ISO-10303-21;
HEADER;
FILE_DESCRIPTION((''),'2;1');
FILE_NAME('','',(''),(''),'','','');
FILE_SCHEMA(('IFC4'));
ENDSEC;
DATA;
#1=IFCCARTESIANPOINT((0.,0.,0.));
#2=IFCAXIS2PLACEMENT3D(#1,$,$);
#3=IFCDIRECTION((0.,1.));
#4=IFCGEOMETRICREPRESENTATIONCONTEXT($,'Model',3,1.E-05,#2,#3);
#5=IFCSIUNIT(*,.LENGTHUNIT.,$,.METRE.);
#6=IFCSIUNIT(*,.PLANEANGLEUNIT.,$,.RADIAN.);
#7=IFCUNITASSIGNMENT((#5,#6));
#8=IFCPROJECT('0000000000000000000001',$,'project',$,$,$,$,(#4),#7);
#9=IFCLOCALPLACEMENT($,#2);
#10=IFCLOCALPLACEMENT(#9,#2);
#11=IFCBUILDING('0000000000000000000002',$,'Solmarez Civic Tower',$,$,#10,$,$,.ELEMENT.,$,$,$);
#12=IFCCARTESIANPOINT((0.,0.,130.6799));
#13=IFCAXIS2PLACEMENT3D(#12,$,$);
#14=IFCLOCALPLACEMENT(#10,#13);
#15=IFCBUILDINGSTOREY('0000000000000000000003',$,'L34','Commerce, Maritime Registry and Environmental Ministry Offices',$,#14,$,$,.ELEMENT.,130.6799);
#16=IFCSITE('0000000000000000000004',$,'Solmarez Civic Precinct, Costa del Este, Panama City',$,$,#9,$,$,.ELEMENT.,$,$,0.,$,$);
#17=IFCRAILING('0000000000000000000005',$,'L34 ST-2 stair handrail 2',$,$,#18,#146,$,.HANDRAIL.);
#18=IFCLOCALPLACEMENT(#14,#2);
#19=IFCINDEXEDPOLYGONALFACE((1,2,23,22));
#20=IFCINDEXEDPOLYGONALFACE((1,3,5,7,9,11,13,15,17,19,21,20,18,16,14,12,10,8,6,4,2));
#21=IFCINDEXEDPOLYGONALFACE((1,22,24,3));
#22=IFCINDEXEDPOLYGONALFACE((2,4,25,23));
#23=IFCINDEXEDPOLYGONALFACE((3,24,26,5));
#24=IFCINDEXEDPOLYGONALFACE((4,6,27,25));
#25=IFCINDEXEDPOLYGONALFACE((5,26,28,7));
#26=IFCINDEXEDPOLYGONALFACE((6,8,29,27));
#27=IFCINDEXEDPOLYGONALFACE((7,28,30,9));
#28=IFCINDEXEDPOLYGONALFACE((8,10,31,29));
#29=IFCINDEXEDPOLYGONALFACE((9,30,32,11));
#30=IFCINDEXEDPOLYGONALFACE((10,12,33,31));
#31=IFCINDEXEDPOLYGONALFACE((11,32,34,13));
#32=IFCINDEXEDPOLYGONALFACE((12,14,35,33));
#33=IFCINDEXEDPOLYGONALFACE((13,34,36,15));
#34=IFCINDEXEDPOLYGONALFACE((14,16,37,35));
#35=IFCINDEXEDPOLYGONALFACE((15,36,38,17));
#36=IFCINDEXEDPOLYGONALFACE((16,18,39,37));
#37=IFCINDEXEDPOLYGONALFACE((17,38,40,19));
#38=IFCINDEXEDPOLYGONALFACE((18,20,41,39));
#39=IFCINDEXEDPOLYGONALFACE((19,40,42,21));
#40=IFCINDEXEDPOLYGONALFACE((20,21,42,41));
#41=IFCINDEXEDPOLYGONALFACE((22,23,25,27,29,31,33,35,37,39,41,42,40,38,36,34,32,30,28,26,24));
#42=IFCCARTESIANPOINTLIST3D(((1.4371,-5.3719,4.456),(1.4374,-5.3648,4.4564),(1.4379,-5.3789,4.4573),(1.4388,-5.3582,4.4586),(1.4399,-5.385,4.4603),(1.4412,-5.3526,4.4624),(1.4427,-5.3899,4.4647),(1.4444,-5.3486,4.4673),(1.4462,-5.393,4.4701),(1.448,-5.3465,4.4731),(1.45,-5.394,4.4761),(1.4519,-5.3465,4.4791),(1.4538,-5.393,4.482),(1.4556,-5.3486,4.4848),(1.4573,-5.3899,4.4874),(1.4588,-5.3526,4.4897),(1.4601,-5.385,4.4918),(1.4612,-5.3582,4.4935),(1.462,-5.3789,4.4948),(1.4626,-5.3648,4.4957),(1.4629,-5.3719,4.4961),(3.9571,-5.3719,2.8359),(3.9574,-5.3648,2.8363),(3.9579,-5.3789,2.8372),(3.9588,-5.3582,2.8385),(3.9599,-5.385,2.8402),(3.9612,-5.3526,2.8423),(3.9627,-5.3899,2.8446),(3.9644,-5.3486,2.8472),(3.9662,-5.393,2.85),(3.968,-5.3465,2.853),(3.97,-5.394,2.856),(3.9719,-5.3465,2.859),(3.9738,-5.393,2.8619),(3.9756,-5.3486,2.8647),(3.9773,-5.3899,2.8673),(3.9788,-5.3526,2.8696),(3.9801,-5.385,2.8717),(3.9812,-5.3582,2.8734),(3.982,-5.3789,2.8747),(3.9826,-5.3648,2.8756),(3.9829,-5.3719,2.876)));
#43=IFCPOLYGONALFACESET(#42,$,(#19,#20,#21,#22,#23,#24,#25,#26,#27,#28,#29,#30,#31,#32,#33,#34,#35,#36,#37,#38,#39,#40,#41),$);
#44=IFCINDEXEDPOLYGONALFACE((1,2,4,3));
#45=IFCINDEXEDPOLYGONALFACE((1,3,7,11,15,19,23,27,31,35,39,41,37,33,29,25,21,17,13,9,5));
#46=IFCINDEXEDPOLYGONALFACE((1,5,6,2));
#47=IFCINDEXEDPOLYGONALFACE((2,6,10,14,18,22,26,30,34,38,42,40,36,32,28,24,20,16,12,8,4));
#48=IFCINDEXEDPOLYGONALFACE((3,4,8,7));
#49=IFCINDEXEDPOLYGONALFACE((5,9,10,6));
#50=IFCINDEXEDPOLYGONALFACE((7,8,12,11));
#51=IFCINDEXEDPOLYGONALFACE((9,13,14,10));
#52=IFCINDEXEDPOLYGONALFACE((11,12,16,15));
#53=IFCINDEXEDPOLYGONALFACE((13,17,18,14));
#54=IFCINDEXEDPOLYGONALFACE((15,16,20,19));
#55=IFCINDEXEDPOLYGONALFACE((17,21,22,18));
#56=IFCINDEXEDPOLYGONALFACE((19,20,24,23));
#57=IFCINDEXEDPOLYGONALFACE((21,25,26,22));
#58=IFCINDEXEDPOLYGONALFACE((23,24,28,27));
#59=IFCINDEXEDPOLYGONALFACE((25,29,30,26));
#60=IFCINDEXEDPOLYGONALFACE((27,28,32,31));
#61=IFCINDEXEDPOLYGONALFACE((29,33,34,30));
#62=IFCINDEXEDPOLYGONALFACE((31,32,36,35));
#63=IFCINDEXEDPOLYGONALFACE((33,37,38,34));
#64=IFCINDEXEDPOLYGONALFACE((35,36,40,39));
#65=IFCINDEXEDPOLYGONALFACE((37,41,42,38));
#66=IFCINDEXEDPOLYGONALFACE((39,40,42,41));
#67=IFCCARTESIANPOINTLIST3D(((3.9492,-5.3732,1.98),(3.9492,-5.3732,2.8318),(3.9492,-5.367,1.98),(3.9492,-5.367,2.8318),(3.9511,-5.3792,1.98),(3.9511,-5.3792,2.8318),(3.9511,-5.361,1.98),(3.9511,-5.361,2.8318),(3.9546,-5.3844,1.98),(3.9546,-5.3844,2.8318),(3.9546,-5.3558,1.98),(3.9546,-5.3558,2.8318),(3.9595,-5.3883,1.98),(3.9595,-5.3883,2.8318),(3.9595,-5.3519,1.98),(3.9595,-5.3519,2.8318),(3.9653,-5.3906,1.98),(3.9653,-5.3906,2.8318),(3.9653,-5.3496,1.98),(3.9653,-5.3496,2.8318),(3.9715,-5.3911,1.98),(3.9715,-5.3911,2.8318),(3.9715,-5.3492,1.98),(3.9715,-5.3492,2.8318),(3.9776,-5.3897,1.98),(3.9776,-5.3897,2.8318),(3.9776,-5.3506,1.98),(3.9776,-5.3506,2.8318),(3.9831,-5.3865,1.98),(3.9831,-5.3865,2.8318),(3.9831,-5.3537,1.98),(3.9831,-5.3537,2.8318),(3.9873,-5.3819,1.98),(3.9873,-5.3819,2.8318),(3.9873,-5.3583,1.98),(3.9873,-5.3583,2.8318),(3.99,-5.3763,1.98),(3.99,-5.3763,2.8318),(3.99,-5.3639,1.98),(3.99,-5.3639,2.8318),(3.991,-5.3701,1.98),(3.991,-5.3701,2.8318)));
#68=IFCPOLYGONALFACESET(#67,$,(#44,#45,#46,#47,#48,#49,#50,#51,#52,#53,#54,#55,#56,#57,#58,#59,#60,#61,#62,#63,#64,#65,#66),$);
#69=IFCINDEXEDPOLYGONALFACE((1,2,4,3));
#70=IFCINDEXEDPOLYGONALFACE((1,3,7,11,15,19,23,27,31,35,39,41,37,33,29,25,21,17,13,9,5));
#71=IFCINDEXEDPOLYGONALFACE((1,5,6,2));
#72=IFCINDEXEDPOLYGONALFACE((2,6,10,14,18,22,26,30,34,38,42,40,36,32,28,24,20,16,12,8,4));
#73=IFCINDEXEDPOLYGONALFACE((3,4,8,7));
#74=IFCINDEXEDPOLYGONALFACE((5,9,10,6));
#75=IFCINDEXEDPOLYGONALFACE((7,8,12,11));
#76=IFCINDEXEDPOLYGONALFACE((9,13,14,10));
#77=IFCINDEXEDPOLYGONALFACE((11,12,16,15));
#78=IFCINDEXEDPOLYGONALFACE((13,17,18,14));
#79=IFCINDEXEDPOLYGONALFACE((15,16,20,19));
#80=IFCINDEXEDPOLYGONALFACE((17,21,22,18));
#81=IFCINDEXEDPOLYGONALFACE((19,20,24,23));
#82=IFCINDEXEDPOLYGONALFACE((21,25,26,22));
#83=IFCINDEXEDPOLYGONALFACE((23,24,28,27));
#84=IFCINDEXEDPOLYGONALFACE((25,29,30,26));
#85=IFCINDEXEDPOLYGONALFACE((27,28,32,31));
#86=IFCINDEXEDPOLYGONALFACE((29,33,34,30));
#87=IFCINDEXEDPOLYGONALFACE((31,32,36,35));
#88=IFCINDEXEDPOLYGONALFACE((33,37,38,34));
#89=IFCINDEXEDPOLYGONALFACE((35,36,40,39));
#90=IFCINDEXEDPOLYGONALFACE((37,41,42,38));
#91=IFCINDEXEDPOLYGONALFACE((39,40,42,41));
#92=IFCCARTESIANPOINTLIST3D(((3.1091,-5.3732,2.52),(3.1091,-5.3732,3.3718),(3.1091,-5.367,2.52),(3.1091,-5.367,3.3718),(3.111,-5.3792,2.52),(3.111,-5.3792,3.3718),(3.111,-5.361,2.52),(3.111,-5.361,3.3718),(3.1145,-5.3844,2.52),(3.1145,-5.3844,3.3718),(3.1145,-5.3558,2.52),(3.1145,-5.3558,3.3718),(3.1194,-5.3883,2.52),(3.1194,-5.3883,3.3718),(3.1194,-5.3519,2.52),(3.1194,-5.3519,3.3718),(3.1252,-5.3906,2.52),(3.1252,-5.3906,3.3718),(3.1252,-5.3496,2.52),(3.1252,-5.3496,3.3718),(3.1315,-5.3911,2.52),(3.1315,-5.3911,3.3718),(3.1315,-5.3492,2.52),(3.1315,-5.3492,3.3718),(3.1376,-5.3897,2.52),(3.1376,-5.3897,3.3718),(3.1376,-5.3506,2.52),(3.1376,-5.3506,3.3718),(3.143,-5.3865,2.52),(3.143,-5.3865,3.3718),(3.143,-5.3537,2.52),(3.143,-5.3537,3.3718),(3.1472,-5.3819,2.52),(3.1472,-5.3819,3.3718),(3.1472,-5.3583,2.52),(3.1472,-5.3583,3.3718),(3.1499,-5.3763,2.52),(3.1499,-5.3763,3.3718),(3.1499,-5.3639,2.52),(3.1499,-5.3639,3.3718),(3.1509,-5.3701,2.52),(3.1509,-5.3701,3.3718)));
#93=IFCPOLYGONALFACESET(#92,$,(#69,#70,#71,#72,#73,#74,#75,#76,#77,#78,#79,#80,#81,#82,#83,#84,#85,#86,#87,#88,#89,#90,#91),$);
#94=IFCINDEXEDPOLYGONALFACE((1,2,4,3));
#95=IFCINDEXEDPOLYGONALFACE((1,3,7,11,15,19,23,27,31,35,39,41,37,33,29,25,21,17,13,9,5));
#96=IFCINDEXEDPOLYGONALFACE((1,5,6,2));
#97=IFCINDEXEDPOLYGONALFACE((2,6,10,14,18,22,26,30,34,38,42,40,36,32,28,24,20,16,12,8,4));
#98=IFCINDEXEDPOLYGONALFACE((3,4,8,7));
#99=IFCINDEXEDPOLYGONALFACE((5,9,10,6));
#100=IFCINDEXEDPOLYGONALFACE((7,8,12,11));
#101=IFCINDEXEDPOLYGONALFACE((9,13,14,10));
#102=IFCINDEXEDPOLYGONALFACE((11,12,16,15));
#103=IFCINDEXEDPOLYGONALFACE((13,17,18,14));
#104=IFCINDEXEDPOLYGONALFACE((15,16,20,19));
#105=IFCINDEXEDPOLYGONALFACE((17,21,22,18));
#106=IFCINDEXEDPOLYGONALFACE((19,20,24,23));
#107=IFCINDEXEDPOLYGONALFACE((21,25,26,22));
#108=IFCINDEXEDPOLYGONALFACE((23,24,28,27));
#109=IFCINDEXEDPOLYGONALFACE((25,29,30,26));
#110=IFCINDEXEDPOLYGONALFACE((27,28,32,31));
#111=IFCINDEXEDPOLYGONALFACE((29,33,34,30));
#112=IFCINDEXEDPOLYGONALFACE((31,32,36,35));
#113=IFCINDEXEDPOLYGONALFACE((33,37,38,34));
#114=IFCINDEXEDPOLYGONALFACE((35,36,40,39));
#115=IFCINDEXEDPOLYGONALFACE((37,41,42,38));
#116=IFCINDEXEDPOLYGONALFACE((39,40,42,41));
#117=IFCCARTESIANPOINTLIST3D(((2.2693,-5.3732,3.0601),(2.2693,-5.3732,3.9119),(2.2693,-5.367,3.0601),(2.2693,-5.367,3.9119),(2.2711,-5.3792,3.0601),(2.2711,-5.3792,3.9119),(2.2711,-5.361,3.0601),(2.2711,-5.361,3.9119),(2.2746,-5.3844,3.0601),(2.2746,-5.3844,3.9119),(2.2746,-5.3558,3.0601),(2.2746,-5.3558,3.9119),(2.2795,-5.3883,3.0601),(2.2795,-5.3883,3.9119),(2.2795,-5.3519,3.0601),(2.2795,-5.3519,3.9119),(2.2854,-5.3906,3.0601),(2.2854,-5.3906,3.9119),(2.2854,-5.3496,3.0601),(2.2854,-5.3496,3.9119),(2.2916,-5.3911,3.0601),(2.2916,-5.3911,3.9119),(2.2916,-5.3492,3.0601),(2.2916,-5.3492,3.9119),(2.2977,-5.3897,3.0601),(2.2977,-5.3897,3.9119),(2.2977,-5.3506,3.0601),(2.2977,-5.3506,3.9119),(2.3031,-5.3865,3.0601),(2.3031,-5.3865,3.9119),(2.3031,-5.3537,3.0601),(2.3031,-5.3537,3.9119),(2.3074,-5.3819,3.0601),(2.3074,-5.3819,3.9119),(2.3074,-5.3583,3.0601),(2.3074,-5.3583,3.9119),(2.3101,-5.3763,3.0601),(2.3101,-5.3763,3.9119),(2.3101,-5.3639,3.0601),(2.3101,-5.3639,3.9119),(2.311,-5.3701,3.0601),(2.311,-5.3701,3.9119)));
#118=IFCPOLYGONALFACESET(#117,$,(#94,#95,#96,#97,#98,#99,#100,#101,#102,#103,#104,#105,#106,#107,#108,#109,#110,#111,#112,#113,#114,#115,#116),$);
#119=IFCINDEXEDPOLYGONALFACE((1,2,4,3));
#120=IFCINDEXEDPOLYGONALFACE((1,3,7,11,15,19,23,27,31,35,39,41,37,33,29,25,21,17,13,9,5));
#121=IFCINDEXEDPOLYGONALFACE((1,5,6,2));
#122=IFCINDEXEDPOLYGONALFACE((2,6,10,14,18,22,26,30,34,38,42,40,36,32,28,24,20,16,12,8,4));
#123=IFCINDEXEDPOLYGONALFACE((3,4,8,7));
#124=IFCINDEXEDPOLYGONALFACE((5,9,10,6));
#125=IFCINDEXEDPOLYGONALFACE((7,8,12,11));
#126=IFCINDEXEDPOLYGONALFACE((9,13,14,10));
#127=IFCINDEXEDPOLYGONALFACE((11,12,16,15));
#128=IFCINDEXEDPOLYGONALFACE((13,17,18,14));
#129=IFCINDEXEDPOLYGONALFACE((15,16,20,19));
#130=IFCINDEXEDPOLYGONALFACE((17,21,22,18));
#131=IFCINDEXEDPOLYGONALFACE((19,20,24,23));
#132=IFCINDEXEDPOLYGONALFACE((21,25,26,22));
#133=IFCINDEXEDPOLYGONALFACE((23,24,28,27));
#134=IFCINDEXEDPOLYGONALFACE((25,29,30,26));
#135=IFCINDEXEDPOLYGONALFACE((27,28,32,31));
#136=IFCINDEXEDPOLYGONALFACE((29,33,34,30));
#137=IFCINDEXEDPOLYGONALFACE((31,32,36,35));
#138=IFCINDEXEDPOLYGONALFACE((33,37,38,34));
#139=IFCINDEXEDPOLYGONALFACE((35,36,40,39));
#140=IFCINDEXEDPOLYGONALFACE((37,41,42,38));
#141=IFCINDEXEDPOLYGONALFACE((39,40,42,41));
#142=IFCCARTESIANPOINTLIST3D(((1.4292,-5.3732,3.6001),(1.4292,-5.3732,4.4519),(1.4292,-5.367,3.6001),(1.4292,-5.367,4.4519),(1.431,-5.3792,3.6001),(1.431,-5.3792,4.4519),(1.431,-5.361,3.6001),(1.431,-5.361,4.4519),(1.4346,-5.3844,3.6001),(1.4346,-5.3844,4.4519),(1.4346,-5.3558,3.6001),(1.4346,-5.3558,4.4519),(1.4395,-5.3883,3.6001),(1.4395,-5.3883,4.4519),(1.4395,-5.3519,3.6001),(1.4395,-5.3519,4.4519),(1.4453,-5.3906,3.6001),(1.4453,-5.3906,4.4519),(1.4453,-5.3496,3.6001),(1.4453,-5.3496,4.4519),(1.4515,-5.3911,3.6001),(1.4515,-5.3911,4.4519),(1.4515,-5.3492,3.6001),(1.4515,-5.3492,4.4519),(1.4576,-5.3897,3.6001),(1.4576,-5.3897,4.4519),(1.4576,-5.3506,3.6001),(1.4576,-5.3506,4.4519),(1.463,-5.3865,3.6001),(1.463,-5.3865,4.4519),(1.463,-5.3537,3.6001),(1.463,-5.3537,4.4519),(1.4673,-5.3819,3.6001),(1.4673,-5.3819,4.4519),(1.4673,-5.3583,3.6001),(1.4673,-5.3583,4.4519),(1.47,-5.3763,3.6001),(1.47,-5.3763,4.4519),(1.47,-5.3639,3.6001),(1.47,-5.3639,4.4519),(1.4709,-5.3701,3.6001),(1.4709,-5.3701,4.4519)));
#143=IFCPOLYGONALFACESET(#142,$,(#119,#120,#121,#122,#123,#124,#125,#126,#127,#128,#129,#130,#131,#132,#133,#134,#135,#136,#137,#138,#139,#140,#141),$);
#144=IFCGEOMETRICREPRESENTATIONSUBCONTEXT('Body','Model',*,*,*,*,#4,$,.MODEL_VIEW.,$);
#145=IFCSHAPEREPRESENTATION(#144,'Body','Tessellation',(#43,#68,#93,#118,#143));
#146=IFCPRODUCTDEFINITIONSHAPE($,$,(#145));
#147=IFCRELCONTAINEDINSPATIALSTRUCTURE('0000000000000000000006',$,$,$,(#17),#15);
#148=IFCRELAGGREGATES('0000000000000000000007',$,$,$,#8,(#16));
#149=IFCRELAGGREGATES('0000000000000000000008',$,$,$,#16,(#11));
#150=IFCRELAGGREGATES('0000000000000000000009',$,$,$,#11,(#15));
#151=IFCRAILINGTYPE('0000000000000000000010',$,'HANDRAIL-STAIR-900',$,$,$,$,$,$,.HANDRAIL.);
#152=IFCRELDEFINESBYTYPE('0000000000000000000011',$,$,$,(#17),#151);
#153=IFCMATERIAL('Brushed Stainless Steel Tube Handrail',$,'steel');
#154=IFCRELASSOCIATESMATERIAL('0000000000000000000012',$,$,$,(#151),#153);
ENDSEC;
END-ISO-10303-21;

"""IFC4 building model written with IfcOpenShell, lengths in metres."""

from ifc_helpers import new_model, si_unit, direction, frame, origin, origin_2d, place, context, subcontext, project, spatial, circle, extrude, material, type_object, element, save


model = new_model("IFC4")

# Units and contexts
model_context = context("Model", 3, precision=1e-05, world=origin(), true_north=direction((0.0, 1.0)))
body_context = subcontext(model_context, "Body", "Model", "MODEL_VIEW")
ifc_project = project(units=[si_unit("LENGTHUNIT", "METRE"), si_unit("PLANEANGLEUNIT", "RADIAN")], contexts=[model_context])

# Site, building, storey
site_placement = place(None, origin())
site = spatial("IfcSite", under=ifc_project, at=site_placement, Name="Solmarez Civic Precinct, Costa del Este, Panama City", CompositionType="ELEMENT", RefElevation=0.0)
building_placement = place(site_placement, origin())
building = spatial("IfcBuilding", under=site, at=building_placement, Name="Solmarez Civic Tower", CompositionType="ELEMENT")
storey_placement = place(building_placement, frame((0.0, 0.0, 130.6799)))
storey = spatial("IfcBuildingStorey", under=building, at=storey_placement, Name="L34", Description="Commerce, Maritime Registry and Environmental Ministry Offices", CompositionType="ELEMENT", Elevation=130.6799)

# Railing
ifc_material_1 = material(Name="Brushed Stainless Steel Tube Handrail", Category="steel")
railing_type_1 = type_object("IfcRailingType", Name="HANDRAIL-STAIR-900", PredefinedType="HANDRAIL", material=ifc_material_1)
railing_1_placement = place(storey_placement, frame((3.97, -5.3701, 1.98)))
element("IfcRailing", 1, at=railing_1_placement, inside=storey, type_object=railing_type_1, Name="L34 ST-2 stair handrail 2", PredefinedType="HANDRAIL", context=body_context, shape_type="SweptSolid", body=[
    extrude(circle(Radius=0.0239, at=origin_2d()), frame((0.0, 0.0, 0.876), z_axis=(-0.841163, 0.0, 0.540782), x_axis=(0.0, -1.0, 0.0)), (0.0, 0.0, 1.0), 2.9958),
    extrude(circle(Radius=0.021, at=origin_2d()), origin(), (0.0, 0.0, 1.0), 0.8518),
    extrude(circle(Radius=0.021, at=origin_2d()), frame((-0.8401, 0.0, 0.54)), (0.0, 0.0, 1.0), 0.8518),
    extrude(circle(Radius=0.021, at=origin_2d()), frame((-1.6799, 0.0, 1.0801)), (0.0, 0.0, 1.0), 0.8518),
    extrude(circle(Radius=0.021, at=origin_2d()), frame((-2.52, 0.0, 1.6201)), (0.0, 0.0, 1.0), 0.8518),
])

save(model, "model.ifc")
